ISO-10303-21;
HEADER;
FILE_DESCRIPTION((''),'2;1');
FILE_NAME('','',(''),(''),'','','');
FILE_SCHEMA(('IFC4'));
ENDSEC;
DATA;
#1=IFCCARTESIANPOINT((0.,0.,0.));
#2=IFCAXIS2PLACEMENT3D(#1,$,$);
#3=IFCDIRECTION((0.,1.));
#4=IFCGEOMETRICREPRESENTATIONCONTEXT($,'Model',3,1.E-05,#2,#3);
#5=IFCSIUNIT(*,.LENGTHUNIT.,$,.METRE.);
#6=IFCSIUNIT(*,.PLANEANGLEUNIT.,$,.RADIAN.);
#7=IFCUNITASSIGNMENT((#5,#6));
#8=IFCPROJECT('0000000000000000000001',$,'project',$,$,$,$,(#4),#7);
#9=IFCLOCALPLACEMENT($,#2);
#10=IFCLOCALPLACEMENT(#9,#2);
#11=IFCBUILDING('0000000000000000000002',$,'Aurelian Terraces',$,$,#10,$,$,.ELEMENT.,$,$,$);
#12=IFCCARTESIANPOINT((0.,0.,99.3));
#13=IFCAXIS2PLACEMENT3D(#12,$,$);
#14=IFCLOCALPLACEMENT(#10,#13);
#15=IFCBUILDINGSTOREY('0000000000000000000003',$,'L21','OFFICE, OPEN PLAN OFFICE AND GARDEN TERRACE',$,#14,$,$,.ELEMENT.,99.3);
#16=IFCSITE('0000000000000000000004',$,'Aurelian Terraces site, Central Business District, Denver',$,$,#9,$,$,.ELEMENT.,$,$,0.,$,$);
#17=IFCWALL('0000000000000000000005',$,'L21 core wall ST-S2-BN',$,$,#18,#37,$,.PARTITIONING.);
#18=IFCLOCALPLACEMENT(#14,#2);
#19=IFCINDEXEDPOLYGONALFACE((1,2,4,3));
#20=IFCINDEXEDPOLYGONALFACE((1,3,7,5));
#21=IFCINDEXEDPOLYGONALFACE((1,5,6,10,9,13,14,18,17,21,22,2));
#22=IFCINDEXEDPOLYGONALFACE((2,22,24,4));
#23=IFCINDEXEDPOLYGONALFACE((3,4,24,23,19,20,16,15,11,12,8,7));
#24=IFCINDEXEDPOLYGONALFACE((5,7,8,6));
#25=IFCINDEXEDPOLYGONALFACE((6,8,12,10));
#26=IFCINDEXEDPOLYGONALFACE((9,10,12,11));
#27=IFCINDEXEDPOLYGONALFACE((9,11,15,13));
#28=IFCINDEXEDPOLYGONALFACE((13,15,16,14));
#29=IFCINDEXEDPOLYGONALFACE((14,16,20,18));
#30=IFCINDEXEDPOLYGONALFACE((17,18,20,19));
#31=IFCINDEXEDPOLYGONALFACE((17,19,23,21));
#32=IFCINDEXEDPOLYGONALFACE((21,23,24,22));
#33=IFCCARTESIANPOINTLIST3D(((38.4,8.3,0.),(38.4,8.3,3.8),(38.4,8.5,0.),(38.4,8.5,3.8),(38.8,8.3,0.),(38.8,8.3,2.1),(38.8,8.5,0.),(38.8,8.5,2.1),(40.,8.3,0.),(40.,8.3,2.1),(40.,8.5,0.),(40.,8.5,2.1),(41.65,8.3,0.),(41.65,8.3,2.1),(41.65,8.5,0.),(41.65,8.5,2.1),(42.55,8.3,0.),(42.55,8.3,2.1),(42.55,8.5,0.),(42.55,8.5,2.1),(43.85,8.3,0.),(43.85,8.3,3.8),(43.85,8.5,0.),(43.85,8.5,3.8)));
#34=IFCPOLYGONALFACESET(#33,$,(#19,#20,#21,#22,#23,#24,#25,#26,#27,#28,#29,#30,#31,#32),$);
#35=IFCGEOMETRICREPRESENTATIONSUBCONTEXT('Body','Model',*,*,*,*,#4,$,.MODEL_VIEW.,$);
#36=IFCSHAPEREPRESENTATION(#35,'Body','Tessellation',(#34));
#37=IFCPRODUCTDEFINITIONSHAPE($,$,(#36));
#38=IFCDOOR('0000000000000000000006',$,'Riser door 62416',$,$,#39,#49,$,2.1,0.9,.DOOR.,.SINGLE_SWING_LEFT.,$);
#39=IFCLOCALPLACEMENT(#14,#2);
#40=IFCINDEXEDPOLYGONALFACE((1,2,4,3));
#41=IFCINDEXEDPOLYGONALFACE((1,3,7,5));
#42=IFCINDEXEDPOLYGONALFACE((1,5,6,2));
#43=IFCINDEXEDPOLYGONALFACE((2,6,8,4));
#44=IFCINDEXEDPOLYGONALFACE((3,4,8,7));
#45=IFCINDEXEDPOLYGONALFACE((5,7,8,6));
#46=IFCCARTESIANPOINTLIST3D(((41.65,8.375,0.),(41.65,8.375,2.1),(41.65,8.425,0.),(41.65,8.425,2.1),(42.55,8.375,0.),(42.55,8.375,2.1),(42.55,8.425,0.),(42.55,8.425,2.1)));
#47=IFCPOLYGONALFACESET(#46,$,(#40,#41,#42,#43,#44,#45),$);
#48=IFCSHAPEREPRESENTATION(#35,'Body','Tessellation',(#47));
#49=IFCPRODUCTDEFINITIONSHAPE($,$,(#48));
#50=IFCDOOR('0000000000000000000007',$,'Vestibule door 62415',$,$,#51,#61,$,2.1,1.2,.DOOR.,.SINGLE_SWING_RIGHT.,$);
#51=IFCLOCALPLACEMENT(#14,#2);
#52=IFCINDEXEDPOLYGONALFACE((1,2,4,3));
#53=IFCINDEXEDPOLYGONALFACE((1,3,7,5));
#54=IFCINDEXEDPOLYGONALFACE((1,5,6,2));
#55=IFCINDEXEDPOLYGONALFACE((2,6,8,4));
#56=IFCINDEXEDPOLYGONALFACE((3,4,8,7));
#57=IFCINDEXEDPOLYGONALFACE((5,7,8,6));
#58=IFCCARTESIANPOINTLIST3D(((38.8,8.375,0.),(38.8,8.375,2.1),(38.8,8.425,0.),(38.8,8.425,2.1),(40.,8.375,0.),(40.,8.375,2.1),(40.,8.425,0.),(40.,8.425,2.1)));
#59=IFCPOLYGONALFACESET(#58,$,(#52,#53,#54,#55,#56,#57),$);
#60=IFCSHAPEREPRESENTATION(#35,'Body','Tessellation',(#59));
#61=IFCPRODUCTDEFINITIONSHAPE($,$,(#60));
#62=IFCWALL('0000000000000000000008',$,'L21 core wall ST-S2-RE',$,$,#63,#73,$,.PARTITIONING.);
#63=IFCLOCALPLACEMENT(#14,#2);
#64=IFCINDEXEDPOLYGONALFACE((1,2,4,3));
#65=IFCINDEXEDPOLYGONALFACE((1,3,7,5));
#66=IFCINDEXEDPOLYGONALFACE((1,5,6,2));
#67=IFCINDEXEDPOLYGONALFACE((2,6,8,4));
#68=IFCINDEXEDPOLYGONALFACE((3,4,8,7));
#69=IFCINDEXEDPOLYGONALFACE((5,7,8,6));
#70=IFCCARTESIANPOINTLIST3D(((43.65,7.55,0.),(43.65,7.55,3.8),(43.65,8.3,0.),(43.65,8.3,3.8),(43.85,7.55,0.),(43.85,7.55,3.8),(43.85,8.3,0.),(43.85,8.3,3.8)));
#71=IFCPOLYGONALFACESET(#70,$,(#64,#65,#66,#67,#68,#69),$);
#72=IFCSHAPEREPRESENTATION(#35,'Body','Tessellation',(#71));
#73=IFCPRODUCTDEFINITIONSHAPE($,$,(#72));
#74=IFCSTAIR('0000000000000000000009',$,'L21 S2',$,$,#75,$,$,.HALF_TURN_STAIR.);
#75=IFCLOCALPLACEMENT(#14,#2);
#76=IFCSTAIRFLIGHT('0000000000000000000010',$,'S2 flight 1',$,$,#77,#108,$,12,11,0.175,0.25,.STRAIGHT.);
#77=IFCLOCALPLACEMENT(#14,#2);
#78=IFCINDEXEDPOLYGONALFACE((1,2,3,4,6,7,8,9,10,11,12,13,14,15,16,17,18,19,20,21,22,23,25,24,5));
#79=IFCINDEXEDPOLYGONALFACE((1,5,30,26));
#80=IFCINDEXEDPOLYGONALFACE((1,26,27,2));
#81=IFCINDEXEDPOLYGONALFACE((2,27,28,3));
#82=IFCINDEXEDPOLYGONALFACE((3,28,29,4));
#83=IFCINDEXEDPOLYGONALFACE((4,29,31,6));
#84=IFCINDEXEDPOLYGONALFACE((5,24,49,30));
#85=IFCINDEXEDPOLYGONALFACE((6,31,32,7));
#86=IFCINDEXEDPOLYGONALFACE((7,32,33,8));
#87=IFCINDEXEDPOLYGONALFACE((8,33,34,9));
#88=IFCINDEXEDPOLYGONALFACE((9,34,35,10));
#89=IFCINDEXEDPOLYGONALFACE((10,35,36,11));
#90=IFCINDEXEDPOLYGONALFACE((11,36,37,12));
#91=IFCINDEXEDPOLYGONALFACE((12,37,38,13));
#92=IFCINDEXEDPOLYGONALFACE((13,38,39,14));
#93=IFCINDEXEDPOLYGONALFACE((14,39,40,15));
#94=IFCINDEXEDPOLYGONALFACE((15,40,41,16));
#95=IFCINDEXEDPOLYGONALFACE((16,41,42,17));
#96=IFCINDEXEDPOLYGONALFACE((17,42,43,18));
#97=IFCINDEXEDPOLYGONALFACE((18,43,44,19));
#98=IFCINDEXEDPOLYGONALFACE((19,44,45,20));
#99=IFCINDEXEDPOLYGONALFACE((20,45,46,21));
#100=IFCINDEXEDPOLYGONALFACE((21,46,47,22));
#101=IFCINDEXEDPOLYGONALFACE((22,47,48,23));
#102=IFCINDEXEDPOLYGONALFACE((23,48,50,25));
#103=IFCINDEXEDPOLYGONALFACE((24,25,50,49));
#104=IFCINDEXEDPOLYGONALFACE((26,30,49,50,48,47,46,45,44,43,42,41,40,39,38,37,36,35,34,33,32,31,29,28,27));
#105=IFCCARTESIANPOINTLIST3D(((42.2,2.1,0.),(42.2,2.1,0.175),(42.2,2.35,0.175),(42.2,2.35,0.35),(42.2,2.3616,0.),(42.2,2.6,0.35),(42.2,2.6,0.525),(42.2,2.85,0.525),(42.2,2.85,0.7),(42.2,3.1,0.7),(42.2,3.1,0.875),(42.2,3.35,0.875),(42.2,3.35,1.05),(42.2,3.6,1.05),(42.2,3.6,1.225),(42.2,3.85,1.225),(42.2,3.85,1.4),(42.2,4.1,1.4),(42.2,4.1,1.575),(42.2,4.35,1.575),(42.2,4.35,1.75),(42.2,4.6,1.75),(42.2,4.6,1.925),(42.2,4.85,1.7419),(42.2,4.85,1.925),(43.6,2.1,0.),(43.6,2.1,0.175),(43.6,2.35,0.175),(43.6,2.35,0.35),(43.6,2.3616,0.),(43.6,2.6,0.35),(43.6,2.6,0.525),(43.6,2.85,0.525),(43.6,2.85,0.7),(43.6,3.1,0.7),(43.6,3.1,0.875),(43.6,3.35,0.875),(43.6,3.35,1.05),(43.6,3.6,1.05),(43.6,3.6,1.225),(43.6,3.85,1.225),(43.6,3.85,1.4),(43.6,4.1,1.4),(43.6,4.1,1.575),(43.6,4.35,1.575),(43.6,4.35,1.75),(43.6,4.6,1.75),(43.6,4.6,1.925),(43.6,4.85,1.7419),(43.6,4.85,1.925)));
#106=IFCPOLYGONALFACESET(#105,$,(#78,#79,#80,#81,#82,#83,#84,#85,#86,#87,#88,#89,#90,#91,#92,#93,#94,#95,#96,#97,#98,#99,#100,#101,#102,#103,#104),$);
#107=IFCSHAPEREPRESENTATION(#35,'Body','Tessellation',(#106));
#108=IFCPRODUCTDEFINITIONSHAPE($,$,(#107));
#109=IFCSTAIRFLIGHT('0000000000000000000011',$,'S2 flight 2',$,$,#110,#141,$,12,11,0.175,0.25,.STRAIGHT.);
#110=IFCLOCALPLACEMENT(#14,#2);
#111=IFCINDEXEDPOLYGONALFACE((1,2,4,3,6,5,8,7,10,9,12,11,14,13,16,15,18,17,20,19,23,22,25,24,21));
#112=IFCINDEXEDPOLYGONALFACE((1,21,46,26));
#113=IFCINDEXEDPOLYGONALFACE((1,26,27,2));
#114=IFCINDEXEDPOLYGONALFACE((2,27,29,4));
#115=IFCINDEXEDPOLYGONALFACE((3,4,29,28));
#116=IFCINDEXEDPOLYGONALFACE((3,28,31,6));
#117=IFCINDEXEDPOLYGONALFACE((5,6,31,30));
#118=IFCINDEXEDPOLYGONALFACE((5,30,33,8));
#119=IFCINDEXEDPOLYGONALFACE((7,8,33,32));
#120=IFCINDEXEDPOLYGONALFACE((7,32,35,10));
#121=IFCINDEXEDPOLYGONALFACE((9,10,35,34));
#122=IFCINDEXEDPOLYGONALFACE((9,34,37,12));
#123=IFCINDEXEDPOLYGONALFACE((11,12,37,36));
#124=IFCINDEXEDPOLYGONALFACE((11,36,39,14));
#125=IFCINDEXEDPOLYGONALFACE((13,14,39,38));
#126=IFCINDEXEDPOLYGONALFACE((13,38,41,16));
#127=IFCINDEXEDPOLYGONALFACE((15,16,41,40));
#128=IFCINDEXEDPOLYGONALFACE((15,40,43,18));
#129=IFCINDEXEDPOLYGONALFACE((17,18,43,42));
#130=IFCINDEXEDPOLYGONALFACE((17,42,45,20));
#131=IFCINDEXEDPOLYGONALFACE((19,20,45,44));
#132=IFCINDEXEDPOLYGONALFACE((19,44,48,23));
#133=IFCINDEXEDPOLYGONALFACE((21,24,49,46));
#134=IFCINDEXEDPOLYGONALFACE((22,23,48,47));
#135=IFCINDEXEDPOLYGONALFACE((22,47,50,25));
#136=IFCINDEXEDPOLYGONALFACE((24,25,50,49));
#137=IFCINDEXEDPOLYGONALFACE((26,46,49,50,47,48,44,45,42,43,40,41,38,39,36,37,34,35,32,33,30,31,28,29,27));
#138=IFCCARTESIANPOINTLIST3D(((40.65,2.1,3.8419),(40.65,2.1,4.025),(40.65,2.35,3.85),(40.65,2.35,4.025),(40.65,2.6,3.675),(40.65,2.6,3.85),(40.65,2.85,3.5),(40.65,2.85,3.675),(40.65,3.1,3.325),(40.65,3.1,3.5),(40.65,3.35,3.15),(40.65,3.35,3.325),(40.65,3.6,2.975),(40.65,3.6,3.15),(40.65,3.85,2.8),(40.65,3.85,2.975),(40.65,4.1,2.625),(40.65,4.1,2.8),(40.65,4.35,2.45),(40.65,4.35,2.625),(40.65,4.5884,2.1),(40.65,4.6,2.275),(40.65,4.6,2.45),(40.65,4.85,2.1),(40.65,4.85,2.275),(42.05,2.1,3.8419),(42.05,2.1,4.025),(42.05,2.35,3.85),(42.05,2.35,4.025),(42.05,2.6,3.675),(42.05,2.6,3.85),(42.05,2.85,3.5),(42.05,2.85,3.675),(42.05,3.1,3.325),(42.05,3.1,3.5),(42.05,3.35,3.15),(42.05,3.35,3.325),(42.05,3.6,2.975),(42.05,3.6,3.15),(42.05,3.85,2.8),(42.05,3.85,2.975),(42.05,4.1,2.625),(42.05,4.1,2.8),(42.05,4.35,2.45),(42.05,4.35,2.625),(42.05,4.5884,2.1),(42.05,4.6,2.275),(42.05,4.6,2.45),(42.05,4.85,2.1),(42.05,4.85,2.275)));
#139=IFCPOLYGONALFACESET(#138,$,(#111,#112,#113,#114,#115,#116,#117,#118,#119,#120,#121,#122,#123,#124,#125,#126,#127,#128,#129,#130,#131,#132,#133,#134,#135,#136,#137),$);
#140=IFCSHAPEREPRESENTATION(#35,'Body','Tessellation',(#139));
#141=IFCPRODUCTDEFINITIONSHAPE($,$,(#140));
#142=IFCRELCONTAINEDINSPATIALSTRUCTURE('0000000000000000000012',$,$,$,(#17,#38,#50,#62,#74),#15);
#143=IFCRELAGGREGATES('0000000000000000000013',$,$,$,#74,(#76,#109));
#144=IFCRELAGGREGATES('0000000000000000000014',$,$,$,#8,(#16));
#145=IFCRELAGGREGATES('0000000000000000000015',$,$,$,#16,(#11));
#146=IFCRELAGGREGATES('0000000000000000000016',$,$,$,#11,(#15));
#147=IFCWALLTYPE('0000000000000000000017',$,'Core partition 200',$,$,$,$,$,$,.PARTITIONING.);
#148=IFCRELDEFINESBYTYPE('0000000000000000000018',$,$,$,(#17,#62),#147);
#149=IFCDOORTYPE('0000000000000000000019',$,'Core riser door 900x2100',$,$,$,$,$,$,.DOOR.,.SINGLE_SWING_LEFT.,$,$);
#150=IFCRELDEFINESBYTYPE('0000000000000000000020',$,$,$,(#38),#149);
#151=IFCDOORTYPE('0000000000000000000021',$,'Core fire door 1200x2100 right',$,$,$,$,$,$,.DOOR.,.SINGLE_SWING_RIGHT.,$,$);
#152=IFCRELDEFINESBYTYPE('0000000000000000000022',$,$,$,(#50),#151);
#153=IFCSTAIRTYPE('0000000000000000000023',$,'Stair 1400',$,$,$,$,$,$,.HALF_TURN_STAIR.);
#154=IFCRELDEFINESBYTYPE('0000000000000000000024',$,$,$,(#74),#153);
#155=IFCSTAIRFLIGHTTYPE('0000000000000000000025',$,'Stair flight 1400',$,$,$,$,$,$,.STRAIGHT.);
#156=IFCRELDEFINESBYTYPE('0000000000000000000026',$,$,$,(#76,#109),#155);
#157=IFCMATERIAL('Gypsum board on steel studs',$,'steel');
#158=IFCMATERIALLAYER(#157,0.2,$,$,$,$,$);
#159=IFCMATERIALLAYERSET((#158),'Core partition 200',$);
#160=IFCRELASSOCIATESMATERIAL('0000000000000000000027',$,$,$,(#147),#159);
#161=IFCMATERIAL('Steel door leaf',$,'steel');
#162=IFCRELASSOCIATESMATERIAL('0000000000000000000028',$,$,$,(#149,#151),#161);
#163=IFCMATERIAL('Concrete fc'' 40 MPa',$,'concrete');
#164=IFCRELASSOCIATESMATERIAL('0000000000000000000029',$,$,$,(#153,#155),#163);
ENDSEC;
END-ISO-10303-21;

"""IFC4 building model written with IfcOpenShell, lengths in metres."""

from ifc_helpers import new_model, si_unit, direction, frame, frame_2d, origin, place, context, subcontext, project, spatial, polyline, rectangle, outline, extrude, source, transform, mapped, material, layer, layer_set, type_object, element, fill, aggregate, save


model = new_model("IFC4")

# Units and contexts
model_context = context("Model", 3, precision=1e-05, world=origin(), true_north=direction((0.0, 1.0)))
body_context = subcontext(model_context, "Body", "Model", "MODEL_VIEW")
ifc_project = project(units=[si_unit("LENGTHUNIT", "METRE"), si_unit("PLANEANGLEUNIT", "RADIAN")], contexts=[model_context])

# Site, building, storey
site_placement = place(None, origin())
site = spatial("IfcSite", under=ifc_project, at=site_placement, Name="Aurelian Terraces site, Central Business District, Denver", CompositionType="ELEMENT", RefElevation=0.0)
building_placement = place(site_placement, origin())
building = spatial("IfcBuilding", under=site, at=building_placement, Name="Aurelian Terraces", CompositionType="ELEMENT")
storey_placement = place(building_placement, frame((0.0, 0.0, 99.3)))
storey = spatial("IfcBuildingStorey", under=building, at=storey_placement, Name="L21", Description="OFFICE, OPEN PLAN OFFICE AND GARDEN TERRACE", CompositionType="ELEMENT", Elevation=99.3)

# Shared definitions
ifc_material_1 = material(Name="Concrete fc' 40 MPa", Category="concrete")

# Shared definitions
ifc_material_2 = material(Name="Steel door leaf", Category="steel")

# Shared definitions
ifc_material_3 = material(Name="Gypsum board on steel studs", Category="steel")
ifc_layer_1 = layer(ifc_material_3, 0.2)
ifc_layer_set_1 = layer_set([ifc_layer_1], Name="Core partition 200")
wall_type_1 = type_object("IfcWallType", Name="Core partition 200", PredefinedType="PARTITIONING", material=ifc_layer_set_1)

# Wall, openings, doors
shared_shape_1 = source(origin(), body_context, "Body", "SweptSolid", [
    extrude(rectangle(XDim=5.45, YDim=0.2, at=frame_2d((2.725, 0.0))), origin(), (0.0, 0.0, 1.0), 3.8),
])
wall_1_placement = place(storey_placement, frame((38.4, 8.4, 0.0), z_axis=(0.0, 0.0, 1.0), x_axis=(1.0, 0.0, 0.0)))
wall_1 = element("IfcWall", 1, at=wall_1_placement, inside=storey, type_object=wall_type_1, Name="L21 core wall ST-S2-BN", PredefinedType="PARTITIONING", context=body_context, shape_type="MappedRepresentation", body=[
    mapped(shared_shape_1, transform((0.0, 0.0, 0.0), scale=1.0)),
])
shared_shape_2 = source(origin(), body_context, "Body", "SweptSolid", [
    extrude(rectangle(XDim=1.2, YDim=2.1, at=frame_2d((0.6, 1.05))), frame((0.0, 0.11, 0.0), z_axis=(0.0, -1.0, 0.0), x_axis=(1.0, 0.0, 0.0)), (0.0, 0.0, 1.0), 0.22),
])
opening_1_placement = place(wall_1_placement, frame((0.4, 0.0, 0.0)))
opening_1 = element("IfcOpeningElement", 2, at=opening_1_placement, cuts=wall_1, PredefinedType="OPENING", context=body_context, shape_type="MappedRepresentation", body=[
    mapped(shared_shape_2, transform((0.0, 0.0, 0.0), scale=1.0)),
])
shared_shape_3 = source(origin(), body_context, "Body", "SweptSolid", [
    extrude(rectangle(XDim=0.9, YDim=2.1, at=frame_2d((0.45, 1.05))), frame((0.0, 0.11, 0.0), z_axis=(0.0, -1.0, 0.0), x_axis=(1.0, 0.0, 0.0)), (0.0, 0.0, 1.0), 0.22),
])
opening_2_placement = place(wall_1_placement, frame((3.25, 0.0, 0.0)))
opening_2 = element("IfcOpeningElement", 3, at=opening_2_placement, cuts=wall_1, PredefinedType="OPENING", context=body_context, shape_type="MappedRepresentation", body=[
    mapped(shared_shape_3, transform((0.0, 0.0, 0.0), scale=1.0)),
])
door_type_1 = type_object("IfcDoorType", Name="Core riser door 900x2100", OperationType="SINGLE_SWING_LEFT", PredefinedType="DOOR", material=ifc_material_2)
shared_shape_4 = source(origin(), body_context, "Body", "SweptSolid", [
    extrude(rectangle(XDim=0.9, YDim=2.1, at=frame_2d((0.45, 1.05))), frame((0.0, 0.025, 0.0), z_axis=(0.0, -1.0, 0.0), x_axis=(1.0, 0.0, 0.0)), (0.0, 0.0, 1.0), 0.05),
])
door_1_placement = place(opening_2_placement, origin())
door_1 = element("IfcDoor", 4, at=door_1_placement, inside=storey, type_object=door_type_1, Name="Riser door 62416", OperationType="SINGLE_SWING_LEFT", OverallHeight=2.1, OverallWidth=0.9, PredefinedType="DOOR", context=body_context, shape_type="MappedRepresentation", body=[
    mapped(shared_shape_4, transform((0.0, 0.0, 0.0), scale=1.0)),
])
fill(opening_2, door_1)
door_type_2 = type_object("IfcDoorType", Name="Core fire door 1200x2100 right", OperationType="SINGLE_SWING_RIGHT", PredefinedType="DOOR", material=ifc_material_2)
shared_shape_5 = source(origin(), body_context, "Body", "SweptSolid", [
    extrude(rectangle(XDim=1.2, YDim=2.1, at=frame_2d((0.6, 1.05))), frame((0.0, 0.025, 0.0), z_axis=(0.0, -1.0, 0.0), x_axis=(1.0, 0.0, 0.0)), (0.0, 0.0, 1.0), 0.05),
])
door_2_placement = place(opening_1_placement, origin())
door_2 = element("IfcDoor", 5, at=door_2_placement, inside=storey, type_object=door_type_2, Name="Vestibule door 62415", OperationType="SINGLE_SWING_RIGHT", OverallHeight=2.1, OverallWidth=1.2, PredefinedType="DOOR", context=body_context, shape_type="MappedRepresentation", body=[
    mapped(shared_shape_5, transform((0.0, 0.0, 0.0), scale=1.0)),
])
fill(opening_1, door_2)

# Wall
shared_shape_6 = source(origin(), body_context, "Body", "SweptSolid", [
    extrude(rectangle(XDim=0.75, YDim=0.2, at=frame_2d((0.375, 0.0))), origin(), (0.0, 0.0, 1.0), 3.8),
])
wall_2_placement = place(storey_placement, frame((43.75, 7.55, 0.0), z_axis=(0.0, 0.0, 1.0), x_axis=(0.0, 1.0, 0.0)))
element("IfcWall", 6, at=wall_2_placement, inside=storey, type_object=wall_type_1, Name="L21 core wall ST-S2-RE", PredefinedType="PARTITIONING", context=body_context, shape_type="MappedRepresentation", body=[
    mapped(shared_shape_6, transform((0.0, 0.0, 0.0), scale=1.0)),
])

# Stair, stair flights
stair_type = type_object("IfcStairType", Name="Stair 1400", PredefinedType="HALF_TURN_STAIR", material=ifc_material_1)
stair_placement = place(storey_placement, origin())
stair = element("IfcStair", 7, at=stair_placement, inside=storey, type_object=stair_type, Name="L21 S2", PredefinedType="HALF_TURN_STAIR")
stair_flight_type = type_object("IfcStairFlightType", Name="Stair flight 1400", PredefinedType="STRAIGHT", material=ifc_material_1)
shared_shape_7 = source(origin(), body_context, "Body", "SweptSolid", [
    extrude(outline(polyline([(0.0, 0.0), (0.0, 0.175), (0.25, 0.175), (0.25, 0.35), (0.5, 0.35), (0.5, 0.525), (0.75, 0.525), (0.75, 0.7), (1.0, 0.7), (1.0, 0.875), (1.25, 0.875), (1.25, 1.05), (1.5, 1.05), (1.5, 1.225), (1.75, 1.225), (1.75, 1.4), (2.0, 1.4), (2.0, 1.575), (2.25, 1.575), (2.25, 1.75), (2.5, 1.75), (2.5, 1.925), (2.75, 1.925), (2.75, 2.1), (2.75, 1.7419), (0.2616, 0.0), (0.0, 0.0)])), frame((0.0, 0.7, 0.0), z_axis=(0.0, -1.0, 0.0), x_axis=(1.0, 0.0, 0.0)), (0.0, 0.0, 1.0), 1.4),
])
stair_flight_1_placement = place(storey_placement, frame((42.9, 2.1, 0.0), z_axis=(0.0, 0.0, 1.0), x_axis=(0.0, 1.0, 0.0)))
stair_flight_1 = element("IfcStairFlight", 8, at=stair_flight_1_placement, type_object=stair_flight_type, Name="S2 flight 1", NumberOfRisers=12, NumberOfTreads=11, PredefinedType="STRAIGHT", RiserHeight=0.175, TreadLength=0.25, context=body_context, shape_type="MappedRepresentation", body=[
    mapped(shared_shape_7, transform((0.0, 0.0, 0.0), scale=1.0)),
])
stair_flight_2_placement = place(storey_placement, frame((41.35, 4.85, 2.1), z_axis=(0.0, 0.0, 1.0), x_axis=(0.0, -1.0, 0.0)))
stair_flight_2 = element("IfcStairFlight", 9, at=stair_flight_2_placement, type_object=stair_flight_type, Name="S2 flight 2", NumberOfRisers=12, NumberOfTreads=11, PredefinedType="STRAIGHT", RiserHeight=0.175, TreadLength=0.25, context=body_context, shape_type="MappedRepresentation", body=[
    mapped(shared_shape_7, transform((0.0, 0.0, 0.0), scale=1.0)),
])
aggregate(stair, [stair_flight_1, stair_flight_2])

save(model, "model.ifc")
